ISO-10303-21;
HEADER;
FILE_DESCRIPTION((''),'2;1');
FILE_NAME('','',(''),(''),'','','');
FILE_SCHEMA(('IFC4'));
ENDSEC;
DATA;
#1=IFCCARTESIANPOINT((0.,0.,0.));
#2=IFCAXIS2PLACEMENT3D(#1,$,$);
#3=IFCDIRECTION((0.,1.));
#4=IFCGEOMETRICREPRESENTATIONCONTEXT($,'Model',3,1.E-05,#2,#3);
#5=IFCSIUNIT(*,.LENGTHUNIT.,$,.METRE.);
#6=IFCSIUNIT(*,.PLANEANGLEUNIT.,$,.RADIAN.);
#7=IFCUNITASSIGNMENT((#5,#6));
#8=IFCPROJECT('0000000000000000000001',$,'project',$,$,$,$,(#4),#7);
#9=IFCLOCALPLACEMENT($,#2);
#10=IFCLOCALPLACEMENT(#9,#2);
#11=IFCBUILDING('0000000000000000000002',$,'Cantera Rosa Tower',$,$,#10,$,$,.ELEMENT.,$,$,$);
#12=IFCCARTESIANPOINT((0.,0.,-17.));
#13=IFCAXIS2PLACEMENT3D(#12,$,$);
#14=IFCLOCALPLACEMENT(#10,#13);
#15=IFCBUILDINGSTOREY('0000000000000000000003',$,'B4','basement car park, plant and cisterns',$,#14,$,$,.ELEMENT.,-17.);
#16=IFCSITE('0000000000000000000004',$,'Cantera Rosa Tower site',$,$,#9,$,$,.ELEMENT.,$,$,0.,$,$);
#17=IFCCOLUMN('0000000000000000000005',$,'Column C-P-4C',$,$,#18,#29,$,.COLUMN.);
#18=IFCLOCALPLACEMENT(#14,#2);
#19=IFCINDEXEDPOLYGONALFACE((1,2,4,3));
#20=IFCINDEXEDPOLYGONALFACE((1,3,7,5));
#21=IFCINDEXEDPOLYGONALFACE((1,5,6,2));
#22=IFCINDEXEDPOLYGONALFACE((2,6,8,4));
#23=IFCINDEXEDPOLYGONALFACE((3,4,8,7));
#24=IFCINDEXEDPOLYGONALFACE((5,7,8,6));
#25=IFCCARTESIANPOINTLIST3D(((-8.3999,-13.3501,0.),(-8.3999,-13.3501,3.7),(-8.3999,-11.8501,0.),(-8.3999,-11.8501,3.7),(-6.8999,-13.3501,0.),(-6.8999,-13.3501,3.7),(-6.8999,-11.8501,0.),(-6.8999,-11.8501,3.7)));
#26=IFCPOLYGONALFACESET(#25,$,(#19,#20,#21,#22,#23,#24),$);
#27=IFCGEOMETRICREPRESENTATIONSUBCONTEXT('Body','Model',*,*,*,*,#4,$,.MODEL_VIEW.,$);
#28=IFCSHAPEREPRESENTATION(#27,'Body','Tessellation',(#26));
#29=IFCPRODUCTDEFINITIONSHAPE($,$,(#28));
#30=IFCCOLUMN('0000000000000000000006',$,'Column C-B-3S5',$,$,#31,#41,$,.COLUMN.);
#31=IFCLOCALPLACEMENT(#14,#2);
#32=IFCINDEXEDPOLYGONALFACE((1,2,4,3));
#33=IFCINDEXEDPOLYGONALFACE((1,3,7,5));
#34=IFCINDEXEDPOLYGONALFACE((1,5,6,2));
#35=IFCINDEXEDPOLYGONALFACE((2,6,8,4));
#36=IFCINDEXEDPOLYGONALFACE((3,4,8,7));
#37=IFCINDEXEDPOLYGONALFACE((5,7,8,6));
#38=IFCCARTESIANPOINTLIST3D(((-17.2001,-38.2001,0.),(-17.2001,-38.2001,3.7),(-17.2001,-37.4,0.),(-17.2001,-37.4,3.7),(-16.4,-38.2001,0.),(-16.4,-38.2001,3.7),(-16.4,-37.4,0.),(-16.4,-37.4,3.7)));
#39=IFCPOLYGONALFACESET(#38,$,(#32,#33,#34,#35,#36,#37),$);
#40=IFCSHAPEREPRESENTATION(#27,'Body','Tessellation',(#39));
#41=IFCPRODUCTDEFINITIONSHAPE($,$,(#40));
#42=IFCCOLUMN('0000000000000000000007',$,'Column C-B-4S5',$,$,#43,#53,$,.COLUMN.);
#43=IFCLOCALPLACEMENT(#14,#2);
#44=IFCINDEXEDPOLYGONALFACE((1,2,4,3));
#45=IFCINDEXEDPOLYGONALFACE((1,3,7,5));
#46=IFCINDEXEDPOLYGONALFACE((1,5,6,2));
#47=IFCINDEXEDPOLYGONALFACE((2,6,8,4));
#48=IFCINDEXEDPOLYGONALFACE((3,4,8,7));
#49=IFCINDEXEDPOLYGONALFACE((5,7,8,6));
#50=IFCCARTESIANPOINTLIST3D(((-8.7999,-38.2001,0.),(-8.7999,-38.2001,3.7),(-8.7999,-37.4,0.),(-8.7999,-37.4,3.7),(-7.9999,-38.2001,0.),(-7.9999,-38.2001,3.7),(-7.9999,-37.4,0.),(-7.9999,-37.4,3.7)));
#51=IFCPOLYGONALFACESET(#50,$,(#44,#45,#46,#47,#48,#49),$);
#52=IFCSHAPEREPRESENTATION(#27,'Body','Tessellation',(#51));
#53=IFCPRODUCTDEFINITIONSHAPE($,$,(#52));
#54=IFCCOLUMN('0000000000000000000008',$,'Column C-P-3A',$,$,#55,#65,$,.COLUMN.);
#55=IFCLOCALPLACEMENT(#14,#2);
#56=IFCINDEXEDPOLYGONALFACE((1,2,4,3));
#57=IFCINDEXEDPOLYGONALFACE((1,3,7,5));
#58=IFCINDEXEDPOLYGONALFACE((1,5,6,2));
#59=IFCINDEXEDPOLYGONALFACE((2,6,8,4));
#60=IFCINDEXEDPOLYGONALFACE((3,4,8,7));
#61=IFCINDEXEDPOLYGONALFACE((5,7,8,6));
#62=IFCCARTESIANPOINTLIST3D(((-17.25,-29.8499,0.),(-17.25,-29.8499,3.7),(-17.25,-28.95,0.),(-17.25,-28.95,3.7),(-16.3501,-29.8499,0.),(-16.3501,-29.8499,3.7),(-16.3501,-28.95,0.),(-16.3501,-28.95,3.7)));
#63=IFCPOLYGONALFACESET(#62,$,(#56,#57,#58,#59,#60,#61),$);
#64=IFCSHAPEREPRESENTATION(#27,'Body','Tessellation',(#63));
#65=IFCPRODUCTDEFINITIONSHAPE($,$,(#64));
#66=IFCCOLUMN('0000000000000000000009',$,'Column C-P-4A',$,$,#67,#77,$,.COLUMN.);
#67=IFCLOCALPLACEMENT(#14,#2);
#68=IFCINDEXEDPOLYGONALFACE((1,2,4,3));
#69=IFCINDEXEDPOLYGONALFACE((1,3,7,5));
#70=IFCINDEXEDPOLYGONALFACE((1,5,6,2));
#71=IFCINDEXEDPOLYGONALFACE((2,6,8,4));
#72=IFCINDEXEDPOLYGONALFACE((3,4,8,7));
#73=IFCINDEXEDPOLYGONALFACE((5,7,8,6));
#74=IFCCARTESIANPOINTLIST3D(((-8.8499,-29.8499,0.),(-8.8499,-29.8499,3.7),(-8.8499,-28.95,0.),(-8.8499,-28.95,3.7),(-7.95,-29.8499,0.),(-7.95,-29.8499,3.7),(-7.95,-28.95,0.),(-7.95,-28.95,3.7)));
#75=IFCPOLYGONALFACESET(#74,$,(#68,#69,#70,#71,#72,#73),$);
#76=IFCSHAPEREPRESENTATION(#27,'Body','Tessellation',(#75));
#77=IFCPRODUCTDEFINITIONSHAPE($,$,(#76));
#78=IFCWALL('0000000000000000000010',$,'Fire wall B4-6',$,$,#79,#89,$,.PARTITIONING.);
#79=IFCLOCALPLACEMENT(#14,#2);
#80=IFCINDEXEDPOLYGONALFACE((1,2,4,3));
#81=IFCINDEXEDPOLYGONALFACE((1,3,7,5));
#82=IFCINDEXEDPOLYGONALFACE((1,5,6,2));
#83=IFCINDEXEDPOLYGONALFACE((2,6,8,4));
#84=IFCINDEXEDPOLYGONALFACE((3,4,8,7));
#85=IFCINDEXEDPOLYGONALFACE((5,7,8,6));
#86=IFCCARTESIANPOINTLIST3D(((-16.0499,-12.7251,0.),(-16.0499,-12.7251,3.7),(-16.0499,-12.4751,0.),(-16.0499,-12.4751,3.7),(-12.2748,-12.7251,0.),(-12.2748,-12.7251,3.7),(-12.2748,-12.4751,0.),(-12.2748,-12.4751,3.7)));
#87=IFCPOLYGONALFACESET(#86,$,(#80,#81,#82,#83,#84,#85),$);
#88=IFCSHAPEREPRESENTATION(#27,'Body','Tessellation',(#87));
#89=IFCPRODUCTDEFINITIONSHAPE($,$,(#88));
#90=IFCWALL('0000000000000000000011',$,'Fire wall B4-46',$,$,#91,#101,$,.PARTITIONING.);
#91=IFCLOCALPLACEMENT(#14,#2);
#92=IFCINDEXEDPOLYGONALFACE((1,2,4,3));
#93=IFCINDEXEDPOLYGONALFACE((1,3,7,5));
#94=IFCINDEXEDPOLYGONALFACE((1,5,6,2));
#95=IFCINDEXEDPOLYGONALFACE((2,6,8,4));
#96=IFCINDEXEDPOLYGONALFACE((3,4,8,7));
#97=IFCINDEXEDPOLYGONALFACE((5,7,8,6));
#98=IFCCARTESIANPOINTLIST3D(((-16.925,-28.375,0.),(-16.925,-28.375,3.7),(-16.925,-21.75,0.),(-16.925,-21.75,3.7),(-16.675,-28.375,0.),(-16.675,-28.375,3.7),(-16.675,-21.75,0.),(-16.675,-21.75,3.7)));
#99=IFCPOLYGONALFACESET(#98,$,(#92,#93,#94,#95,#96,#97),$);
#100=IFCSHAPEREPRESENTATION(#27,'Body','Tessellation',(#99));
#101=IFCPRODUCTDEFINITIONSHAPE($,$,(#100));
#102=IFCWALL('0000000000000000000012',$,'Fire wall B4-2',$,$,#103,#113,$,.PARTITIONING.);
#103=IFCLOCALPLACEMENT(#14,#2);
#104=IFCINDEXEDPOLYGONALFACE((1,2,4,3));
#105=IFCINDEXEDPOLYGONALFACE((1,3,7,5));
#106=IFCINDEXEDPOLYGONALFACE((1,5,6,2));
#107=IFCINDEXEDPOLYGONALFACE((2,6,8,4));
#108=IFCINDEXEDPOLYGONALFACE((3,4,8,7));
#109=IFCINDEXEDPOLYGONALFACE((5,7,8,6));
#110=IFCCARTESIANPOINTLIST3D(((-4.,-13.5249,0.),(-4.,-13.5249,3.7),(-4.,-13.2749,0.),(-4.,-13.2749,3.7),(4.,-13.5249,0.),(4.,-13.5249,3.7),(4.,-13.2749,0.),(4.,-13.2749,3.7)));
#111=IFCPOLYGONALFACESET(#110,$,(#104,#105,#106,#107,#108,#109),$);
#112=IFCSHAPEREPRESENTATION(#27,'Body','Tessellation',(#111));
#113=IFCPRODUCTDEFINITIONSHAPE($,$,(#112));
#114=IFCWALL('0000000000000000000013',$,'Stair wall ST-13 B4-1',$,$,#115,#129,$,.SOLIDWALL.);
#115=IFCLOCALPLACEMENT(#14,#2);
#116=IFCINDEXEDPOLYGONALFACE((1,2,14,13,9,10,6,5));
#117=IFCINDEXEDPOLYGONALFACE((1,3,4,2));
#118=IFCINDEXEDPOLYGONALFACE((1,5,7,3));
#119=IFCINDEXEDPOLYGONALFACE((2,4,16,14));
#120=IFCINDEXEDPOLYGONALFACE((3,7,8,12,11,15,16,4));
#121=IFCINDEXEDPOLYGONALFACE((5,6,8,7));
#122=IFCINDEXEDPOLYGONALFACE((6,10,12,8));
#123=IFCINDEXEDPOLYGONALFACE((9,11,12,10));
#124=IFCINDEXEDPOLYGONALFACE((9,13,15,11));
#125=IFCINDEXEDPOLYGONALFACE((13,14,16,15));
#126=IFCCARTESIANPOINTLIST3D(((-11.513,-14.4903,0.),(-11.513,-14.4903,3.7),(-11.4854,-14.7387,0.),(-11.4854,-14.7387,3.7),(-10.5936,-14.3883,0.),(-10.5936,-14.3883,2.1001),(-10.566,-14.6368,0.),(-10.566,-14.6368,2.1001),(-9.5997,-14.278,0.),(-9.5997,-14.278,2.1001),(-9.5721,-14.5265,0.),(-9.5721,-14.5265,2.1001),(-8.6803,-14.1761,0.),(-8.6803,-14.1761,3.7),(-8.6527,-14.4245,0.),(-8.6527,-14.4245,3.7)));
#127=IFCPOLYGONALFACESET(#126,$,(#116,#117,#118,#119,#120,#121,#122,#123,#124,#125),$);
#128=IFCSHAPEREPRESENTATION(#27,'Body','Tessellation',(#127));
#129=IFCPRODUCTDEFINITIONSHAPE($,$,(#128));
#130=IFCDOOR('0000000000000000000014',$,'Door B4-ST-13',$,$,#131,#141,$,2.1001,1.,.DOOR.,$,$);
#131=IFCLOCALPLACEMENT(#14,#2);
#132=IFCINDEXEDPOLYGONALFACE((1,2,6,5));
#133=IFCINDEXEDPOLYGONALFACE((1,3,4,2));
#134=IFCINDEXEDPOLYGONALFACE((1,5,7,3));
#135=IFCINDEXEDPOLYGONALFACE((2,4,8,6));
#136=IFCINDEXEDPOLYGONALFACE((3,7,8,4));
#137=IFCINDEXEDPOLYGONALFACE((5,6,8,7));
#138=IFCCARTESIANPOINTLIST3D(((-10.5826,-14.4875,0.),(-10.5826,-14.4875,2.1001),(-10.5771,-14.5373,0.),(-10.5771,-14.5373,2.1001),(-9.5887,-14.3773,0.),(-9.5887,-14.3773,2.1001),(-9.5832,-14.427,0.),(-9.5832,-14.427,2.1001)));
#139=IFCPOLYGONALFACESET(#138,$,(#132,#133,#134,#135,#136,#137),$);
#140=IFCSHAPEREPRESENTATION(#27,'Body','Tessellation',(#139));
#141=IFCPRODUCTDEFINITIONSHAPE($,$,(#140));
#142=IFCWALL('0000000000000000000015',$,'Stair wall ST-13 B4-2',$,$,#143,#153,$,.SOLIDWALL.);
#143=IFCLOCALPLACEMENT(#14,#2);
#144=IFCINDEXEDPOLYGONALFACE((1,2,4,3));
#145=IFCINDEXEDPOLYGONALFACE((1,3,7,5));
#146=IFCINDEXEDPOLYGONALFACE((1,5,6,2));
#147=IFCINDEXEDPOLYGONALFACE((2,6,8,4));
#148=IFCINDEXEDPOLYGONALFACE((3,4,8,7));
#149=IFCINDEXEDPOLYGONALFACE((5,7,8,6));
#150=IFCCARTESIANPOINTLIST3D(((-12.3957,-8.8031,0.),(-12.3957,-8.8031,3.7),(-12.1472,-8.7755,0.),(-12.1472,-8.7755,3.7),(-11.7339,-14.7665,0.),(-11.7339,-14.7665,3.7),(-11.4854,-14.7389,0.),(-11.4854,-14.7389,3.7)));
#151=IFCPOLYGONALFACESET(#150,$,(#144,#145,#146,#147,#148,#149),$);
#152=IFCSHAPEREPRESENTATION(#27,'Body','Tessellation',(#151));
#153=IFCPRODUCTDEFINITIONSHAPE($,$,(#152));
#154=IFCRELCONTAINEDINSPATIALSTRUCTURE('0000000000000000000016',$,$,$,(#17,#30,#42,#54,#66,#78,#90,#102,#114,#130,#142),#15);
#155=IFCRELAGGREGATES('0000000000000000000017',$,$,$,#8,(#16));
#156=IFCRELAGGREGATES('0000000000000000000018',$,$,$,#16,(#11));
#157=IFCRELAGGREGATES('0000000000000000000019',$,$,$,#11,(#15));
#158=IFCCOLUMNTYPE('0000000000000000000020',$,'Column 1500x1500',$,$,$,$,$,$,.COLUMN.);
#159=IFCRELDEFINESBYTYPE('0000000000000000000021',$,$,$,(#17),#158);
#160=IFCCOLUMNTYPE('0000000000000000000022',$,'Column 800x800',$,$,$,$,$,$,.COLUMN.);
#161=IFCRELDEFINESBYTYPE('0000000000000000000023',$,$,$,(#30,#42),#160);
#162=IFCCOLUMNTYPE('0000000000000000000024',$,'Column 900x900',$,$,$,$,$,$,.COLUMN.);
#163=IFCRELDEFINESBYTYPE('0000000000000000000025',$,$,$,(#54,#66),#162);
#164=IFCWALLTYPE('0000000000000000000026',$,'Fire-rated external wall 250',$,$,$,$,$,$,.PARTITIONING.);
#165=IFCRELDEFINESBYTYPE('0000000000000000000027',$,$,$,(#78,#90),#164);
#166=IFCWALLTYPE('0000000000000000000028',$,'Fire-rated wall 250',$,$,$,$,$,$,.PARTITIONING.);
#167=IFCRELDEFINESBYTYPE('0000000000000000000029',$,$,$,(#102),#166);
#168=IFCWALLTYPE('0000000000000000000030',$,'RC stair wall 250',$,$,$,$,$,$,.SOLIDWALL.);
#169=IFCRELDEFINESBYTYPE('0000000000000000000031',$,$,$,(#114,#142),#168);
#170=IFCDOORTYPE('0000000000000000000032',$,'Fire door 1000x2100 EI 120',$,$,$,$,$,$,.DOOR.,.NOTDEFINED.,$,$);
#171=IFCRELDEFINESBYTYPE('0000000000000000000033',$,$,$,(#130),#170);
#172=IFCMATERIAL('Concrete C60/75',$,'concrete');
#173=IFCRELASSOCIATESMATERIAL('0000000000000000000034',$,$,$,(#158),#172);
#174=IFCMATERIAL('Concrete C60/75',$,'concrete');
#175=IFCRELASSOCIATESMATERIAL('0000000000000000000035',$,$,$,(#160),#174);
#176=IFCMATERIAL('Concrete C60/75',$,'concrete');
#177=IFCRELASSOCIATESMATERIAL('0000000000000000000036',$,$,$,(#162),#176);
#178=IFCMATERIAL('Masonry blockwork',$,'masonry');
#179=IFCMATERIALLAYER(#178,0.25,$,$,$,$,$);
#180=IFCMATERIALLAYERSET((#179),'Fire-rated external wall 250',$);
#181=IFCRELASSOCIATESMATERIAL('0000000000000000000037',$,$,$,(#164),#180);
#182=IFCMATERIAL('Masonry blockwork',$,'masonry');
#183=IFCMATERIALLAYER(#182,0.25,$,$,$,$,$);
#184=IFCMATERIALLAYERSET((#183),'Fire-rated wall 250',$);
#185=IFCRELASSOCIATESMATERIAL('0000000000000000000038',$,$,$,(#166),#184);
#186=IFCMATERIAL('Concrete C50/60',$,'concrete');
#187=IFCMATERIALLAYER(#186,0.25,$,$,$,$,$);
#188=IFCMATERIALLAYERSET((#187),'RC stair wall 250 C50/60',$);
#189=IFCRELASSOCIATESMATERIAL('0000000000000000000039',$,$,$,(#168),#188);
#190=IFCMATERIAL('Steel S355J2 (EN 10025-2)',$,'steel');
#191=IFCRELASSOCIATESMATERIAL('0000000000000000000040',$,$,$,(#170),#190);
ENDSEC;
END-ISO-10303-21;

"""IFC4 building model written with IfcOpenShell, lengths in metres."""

from ifc_helpers import new_model, si_unit, direction, frame, frame_2d, origin, origin_2d, place, context, subcontext, project, spatial, rectangle, extrude, material, layer, layer_set, material_profile, profile_set, type_object, element, fill, save


model = new_model("IFC4")

# Units and contexts
model_context = context("Model", 3, precision=1e-05, world=origin(), true_north=direction((0.0, 1.0)))
body_context = subcontext(model_context, "Body", "Model", "MODEL_VIEW")
ifc_project = project(units=[si_unit("LENGTHUNIT", "METRE"), si_unit("PLANEANGLEUNIT", "RADIAN")], contexts=[model_context])

# Site, building, storey
site_placement = place(None, origin())
site = spatial("IfcSite", under=ifc_project, at=site_placement, Name="Cantera Rosa Tower site", CompositionType="ELEMENT", RefElevation=0.0)
building_placement = place(site_placement, origin())
building = spatial("IfcBuilding", under=site, at=building_placement, Name="Cantera Rosa Tower", CompositionType="ELEMENT")
storey_placement = place(building_placement, frame((0.0, 0.0, -17.0)))
storey = spatial("IfcBuildingStorey", under=building, at=storey_placement, Name="B4", Description="basement car park, plant and cisterns", CompositionType="ELEMENT", Elevation=-17.0)

# Columns
ifc_material_1 = material(Name="Concrete C60/75", Category="concrete")
ifc_material_profile_1 = material_profile(ifc_material_1, rectangle(XDim=1.5, YDim=1.5, at=origin_2d()), Name="Column 1500x1500")
ifc_profile_set_1 = profile_set([ifc_material_profile_1], Name="Concrete C60/75")
column_type_1 = type_object("IfcColumnType", Name="Column 1500x1500", PredefinedType="COLUMN", material=ifc_profile_set_1)
for number, where, z_axis, x_axis, name in (
    (1, (-7.6499, -12.6001, 0.0), (0.0, 0.0, 1.0), (1.0, 0.0, 0.0), "Column C-P-4C"),
):
    element("IfcColumn", number, at=place(storey_placement, frame(where, z_axis=z_axis, x_axis=x_axis)), inside=storey, type_object=column_type_1, Name=name, PredefinedType="COLUMN", context=body_context, shape_type="SweptSolid", body=[
        extrude(rectangle(XDim=1.5, YDim=1.5, at=origin_2d()), origin(), (0.0, 0.0, 1.0), 3.7),
    ])
ifc_material_2 = material(Name="Concrete C60/75", Category="concrete")
ifc_material_profile_2 = material_profile(ifc_material_2, rectangle(XDim=0.8, YDim=0.8, at=origin_2d()), Name="Column 800x800")
ifc_profile_set_2 = profile_set([ifc_material_profile_2], Name="Concrete C60/75")
column_type_2 = type_object("IfcColumnType", Name="Column 800x800", PredefinedType="COLUMN", material=ifc_profile_set_2)
for number, where, z_axis, x_axis, name in (
    (2, (-16.8, -37.8, 0.0), (0.0, 0.0, 1.0), (1.0, 0.0, 0.0), "Column C-B-3S5"),
    (3, (-8.3999, -37.8, 0.0), (0.0, 0.0, 1.0), (1.0, 0.0, 0.0), "Column C-B-4S5"),
):
    element("IfcColumn", number, at=place(storey_placement, frame(where, z_axis=z_axis, x_axis=x_axis)), inside=storey, type_object=column_type_2, Name=name, PredefinedType="COLUMN", context=body_context, shape_type="SweptSolid", body=[
        extrude(rectangle(XDim=0.8, YDim=0.8, at=origin_2d()), origin(), (0.0, 0.0, 1.0), 3.7),
    ])
ifc_material_3 = material(Name="Concrete C60/75", Category="concrete")
ifc_material_profile_3 = material_profile(ifc_material_3, rectangle(XDim=0.8999, YDim=0.8999, at=origin_2d()), Name="Column 900x900")
ifc_profile_set_3 = profile_set([ifc_material_profile_3], Name="Concrete C60/75")
column_type_3 = type_object("IfcColumnType", Name="Column 900x900", PredefinedType="COLUMN", material=ifc_profile_set_3)
for number, where, z_axis, x_axis, name in (
    (4, (-16.8, -29.3999, 0.0), (0.0, 0.0, 1.0), (1.0, 0.0, 0.0), "Column C-P-3A"),
    (5, (-8.3999, -29.3999, 0.0), (0.0, 0.0, 1.0), (1.0, 0.0, 0.0), "Column C-P-4A"),
):
    element("IfcColumn", number, at=place(storey_placement, frame(where, z_axis=z_axis, x_axis=x_axis)), inside=storey, type_object=column_type_3, Name=name, PredefinedType="COLUMN", context=body_context, shape_type="SweptSolid", body=[
        extrude(rectangle(XDim=0.8999, YDim=0.8999, at=origin_2d()), origin(), (0.0, 0.0, 1.0), 3.7),
    ])

# Walls
ifc_material_4 = material(Name="Masonry blockwork", Category="masonry")
ifc_layer_1 = layer(ifc_material_4, 0.25)
ifc_layer_set_1 = layer_set([ifc_layer_1], Name="Fire-rated external wall 250")
wall_type_1 = type_object("IfcWallType", Name="Fire-rated external wall 250", PredefinedType="PARTITIONING", material=ifc_layer_set_1)
wall_1_placement = place(storey_placement, frame((-16.05, -12.6001, 0.0), z_axis=(0.0, 0.0, 1.0), x_axis=(1.0, 0.0, 0.0)))
element("IfcWall", 6, at=wall_1_placement, inside=storey, type_object=wall_type_1, Name="Fire wall B4-6", PredefinedType="PARTITIONING", context=body_context, shape_type="SweptSolid", body=[
    extrude(rectangle(XDim=3.7751, YDim=0.25, at=frame_2d((1.8877, 0.0))), origin(), (0.0, 0.0, 1.0), 3.7),
])
wall_2_placement = place(storey_placement, frame((-16.8, -28.375, 0.0), z_axis=(0.0, 0.0, 1.0), x_axis=(0.0, 1.0, 0.0)))
element("IfcWall", 7, at=wall_2_placement, inside=storey, type_object=wall_type_1, Name="Fire wall B4-46", PredefinedType="PARTITIONING", context=body_context, shape_type="SweptSolid", body=[
    extrude(rectangle(XDim=6.625, YDim=0.25, at=frame_2d((3.3125, 0.0))), origin(), (0.0, 0.0, 1.0), 3.7),
])
ifc_material_5 = material(Name="Masonry blockwork", Category="masonry")
ifc_layer_2 = layer(ifc_material_5, 0.25)
ifc_layer_set_2 = layer_set([ifc_layer_2], Name="Fire-rated wall 250")
wall_type_2 = type_object("IfcWallType", Name="Fire-rated wall 250", PredefinedType="PARTITIONING", material=ifc_layer_set_2)
wall_3_placement = place(storey_placement, frame((-4.0, -13.3999, 0.0), z_axis=(0.0, 0.0, 1.0), x_axis=(1.0, 0.0, 0.0)))
element("IfcWall", 8, at=wall_3_placement, inside=storey, type_object=wall_type_2, Name="Fire wall B4-2", PredefinedType="PARTITIONING", context=body_context, shape_type="SweptSolid", body=[
    extrude(rectangle(XDim=8.0, YDim=0.25, at=frame_2d((4.0, 0.0))), origin(), (0.0, 0.0, 1.0), 3.7),
])

# Wall, opening, door
ifc_material_6 = material(Name="Concrete C50/60", Category="concrete")
ifc_layer_3 = layer(ifc_material_6, 0.25)
ifc_layer_set_3 = layer_set([ifc_layer_3], Name="RC stair wall 250 C50/60")
wall_type_3 = type_object("IfcWallType", Name="RC stair wall 250", PredefinedType="SOLIDWALL", material=ifc_layer_set_3)
wall_4_placement = place(storey_placement, frame((-8.6665, -14.3003, 0.0), z_axis=(0.0, 0.0, 1.0), x_axis=(-0.993905, -0.110243, 0.0)))
wall_4 = element("IfcWall", 9, at=wall_4_placement, inside=storey, type_object=wall_type_3, Name="Stair wall ST-13 B4-1", PredefinedType="SOLIDWALL", context=body_context, shape_type="SweptSolid", body=[
    extrude(rectangle(XDim=2.8501, YDim=0.25, at=frame_2d((1.425, 0.0))), origin(), (0.0, 0.0, 1.0), 3.7),
])
opening_placement = place(wall_4_placement, frame((0.925, 0.0, 0.0)))
opening = element("IfcOpeningElement", 10, at=opening_placement, cuts=wall_4, PredefinedType="OPENING", context=body_context, shape_type="SweptSolid", body=[
    extrude(rectangle(XDim=1.0, YDim=2.1001, at=frame_2d((0.5, 1.05))), frame((0.0, 0.135, 0.0), z_axis=(0.0, -1.0, 0.0), x_axis=(1.0, 0.0, 0.0)), (0.0, 0.0, 1.0), 0.27),
])
ifc_material_7 = material(Name="Steel S355J2 (EN 10025-2)", Category="steel")
door_type = type_object("IfcDoorType", Name="Fire door 1000x2100 EI 120", OperationType="NOTDEFINED", PredefinedType="DOOR", material=ifc_material_7)
door_placement = place(opening_placement, origin())
door = element("IfcDoor", 11, at=door_placement, inside=storey, type_object=door_type, Name="Door B4-ST-13", OverallHeight=2.1001, OverallWidth=1.0, PredefinedType="DOOR", context=body_context, shape_type="SweptSolid", body=[
    extrude(rectangle(XDim=1.0, YDim=2.1001, at=frame_2d((0.5, 1.05))), frame((0.0, 0.0249, 0.0), z_axis=(0.0, -1.0, 0.0), x_axis=(1.0, 0.0, 0.0)), (0.0, 0.0, 1.0), 0.05),
])
fill(opening, door)

# Wall
wall_5_placement = place(storey_placement, frame((-11.6096, -14.7527, 0.0), z_axis=(0.0, 0.0, 1.0), x_axis=(-0.110311, 0.993897, 0.0)))
element("IfcWall", 12, at=wall_5_placement, inside=storey, type_object=wall_type_3, Name="Stair wall ST-13 B4-2", PredefinedType="SOLIDWALL", context=body_context, shape_type="SweptSolid", body=[
    extrude(rectangle(XDim=6.0, YDim=0.25, at=frame_2d((3.0, 0.0))), origin(), (0.0, 0.0, 1.0), 3.7),
])

save(model, "model.ifc")
